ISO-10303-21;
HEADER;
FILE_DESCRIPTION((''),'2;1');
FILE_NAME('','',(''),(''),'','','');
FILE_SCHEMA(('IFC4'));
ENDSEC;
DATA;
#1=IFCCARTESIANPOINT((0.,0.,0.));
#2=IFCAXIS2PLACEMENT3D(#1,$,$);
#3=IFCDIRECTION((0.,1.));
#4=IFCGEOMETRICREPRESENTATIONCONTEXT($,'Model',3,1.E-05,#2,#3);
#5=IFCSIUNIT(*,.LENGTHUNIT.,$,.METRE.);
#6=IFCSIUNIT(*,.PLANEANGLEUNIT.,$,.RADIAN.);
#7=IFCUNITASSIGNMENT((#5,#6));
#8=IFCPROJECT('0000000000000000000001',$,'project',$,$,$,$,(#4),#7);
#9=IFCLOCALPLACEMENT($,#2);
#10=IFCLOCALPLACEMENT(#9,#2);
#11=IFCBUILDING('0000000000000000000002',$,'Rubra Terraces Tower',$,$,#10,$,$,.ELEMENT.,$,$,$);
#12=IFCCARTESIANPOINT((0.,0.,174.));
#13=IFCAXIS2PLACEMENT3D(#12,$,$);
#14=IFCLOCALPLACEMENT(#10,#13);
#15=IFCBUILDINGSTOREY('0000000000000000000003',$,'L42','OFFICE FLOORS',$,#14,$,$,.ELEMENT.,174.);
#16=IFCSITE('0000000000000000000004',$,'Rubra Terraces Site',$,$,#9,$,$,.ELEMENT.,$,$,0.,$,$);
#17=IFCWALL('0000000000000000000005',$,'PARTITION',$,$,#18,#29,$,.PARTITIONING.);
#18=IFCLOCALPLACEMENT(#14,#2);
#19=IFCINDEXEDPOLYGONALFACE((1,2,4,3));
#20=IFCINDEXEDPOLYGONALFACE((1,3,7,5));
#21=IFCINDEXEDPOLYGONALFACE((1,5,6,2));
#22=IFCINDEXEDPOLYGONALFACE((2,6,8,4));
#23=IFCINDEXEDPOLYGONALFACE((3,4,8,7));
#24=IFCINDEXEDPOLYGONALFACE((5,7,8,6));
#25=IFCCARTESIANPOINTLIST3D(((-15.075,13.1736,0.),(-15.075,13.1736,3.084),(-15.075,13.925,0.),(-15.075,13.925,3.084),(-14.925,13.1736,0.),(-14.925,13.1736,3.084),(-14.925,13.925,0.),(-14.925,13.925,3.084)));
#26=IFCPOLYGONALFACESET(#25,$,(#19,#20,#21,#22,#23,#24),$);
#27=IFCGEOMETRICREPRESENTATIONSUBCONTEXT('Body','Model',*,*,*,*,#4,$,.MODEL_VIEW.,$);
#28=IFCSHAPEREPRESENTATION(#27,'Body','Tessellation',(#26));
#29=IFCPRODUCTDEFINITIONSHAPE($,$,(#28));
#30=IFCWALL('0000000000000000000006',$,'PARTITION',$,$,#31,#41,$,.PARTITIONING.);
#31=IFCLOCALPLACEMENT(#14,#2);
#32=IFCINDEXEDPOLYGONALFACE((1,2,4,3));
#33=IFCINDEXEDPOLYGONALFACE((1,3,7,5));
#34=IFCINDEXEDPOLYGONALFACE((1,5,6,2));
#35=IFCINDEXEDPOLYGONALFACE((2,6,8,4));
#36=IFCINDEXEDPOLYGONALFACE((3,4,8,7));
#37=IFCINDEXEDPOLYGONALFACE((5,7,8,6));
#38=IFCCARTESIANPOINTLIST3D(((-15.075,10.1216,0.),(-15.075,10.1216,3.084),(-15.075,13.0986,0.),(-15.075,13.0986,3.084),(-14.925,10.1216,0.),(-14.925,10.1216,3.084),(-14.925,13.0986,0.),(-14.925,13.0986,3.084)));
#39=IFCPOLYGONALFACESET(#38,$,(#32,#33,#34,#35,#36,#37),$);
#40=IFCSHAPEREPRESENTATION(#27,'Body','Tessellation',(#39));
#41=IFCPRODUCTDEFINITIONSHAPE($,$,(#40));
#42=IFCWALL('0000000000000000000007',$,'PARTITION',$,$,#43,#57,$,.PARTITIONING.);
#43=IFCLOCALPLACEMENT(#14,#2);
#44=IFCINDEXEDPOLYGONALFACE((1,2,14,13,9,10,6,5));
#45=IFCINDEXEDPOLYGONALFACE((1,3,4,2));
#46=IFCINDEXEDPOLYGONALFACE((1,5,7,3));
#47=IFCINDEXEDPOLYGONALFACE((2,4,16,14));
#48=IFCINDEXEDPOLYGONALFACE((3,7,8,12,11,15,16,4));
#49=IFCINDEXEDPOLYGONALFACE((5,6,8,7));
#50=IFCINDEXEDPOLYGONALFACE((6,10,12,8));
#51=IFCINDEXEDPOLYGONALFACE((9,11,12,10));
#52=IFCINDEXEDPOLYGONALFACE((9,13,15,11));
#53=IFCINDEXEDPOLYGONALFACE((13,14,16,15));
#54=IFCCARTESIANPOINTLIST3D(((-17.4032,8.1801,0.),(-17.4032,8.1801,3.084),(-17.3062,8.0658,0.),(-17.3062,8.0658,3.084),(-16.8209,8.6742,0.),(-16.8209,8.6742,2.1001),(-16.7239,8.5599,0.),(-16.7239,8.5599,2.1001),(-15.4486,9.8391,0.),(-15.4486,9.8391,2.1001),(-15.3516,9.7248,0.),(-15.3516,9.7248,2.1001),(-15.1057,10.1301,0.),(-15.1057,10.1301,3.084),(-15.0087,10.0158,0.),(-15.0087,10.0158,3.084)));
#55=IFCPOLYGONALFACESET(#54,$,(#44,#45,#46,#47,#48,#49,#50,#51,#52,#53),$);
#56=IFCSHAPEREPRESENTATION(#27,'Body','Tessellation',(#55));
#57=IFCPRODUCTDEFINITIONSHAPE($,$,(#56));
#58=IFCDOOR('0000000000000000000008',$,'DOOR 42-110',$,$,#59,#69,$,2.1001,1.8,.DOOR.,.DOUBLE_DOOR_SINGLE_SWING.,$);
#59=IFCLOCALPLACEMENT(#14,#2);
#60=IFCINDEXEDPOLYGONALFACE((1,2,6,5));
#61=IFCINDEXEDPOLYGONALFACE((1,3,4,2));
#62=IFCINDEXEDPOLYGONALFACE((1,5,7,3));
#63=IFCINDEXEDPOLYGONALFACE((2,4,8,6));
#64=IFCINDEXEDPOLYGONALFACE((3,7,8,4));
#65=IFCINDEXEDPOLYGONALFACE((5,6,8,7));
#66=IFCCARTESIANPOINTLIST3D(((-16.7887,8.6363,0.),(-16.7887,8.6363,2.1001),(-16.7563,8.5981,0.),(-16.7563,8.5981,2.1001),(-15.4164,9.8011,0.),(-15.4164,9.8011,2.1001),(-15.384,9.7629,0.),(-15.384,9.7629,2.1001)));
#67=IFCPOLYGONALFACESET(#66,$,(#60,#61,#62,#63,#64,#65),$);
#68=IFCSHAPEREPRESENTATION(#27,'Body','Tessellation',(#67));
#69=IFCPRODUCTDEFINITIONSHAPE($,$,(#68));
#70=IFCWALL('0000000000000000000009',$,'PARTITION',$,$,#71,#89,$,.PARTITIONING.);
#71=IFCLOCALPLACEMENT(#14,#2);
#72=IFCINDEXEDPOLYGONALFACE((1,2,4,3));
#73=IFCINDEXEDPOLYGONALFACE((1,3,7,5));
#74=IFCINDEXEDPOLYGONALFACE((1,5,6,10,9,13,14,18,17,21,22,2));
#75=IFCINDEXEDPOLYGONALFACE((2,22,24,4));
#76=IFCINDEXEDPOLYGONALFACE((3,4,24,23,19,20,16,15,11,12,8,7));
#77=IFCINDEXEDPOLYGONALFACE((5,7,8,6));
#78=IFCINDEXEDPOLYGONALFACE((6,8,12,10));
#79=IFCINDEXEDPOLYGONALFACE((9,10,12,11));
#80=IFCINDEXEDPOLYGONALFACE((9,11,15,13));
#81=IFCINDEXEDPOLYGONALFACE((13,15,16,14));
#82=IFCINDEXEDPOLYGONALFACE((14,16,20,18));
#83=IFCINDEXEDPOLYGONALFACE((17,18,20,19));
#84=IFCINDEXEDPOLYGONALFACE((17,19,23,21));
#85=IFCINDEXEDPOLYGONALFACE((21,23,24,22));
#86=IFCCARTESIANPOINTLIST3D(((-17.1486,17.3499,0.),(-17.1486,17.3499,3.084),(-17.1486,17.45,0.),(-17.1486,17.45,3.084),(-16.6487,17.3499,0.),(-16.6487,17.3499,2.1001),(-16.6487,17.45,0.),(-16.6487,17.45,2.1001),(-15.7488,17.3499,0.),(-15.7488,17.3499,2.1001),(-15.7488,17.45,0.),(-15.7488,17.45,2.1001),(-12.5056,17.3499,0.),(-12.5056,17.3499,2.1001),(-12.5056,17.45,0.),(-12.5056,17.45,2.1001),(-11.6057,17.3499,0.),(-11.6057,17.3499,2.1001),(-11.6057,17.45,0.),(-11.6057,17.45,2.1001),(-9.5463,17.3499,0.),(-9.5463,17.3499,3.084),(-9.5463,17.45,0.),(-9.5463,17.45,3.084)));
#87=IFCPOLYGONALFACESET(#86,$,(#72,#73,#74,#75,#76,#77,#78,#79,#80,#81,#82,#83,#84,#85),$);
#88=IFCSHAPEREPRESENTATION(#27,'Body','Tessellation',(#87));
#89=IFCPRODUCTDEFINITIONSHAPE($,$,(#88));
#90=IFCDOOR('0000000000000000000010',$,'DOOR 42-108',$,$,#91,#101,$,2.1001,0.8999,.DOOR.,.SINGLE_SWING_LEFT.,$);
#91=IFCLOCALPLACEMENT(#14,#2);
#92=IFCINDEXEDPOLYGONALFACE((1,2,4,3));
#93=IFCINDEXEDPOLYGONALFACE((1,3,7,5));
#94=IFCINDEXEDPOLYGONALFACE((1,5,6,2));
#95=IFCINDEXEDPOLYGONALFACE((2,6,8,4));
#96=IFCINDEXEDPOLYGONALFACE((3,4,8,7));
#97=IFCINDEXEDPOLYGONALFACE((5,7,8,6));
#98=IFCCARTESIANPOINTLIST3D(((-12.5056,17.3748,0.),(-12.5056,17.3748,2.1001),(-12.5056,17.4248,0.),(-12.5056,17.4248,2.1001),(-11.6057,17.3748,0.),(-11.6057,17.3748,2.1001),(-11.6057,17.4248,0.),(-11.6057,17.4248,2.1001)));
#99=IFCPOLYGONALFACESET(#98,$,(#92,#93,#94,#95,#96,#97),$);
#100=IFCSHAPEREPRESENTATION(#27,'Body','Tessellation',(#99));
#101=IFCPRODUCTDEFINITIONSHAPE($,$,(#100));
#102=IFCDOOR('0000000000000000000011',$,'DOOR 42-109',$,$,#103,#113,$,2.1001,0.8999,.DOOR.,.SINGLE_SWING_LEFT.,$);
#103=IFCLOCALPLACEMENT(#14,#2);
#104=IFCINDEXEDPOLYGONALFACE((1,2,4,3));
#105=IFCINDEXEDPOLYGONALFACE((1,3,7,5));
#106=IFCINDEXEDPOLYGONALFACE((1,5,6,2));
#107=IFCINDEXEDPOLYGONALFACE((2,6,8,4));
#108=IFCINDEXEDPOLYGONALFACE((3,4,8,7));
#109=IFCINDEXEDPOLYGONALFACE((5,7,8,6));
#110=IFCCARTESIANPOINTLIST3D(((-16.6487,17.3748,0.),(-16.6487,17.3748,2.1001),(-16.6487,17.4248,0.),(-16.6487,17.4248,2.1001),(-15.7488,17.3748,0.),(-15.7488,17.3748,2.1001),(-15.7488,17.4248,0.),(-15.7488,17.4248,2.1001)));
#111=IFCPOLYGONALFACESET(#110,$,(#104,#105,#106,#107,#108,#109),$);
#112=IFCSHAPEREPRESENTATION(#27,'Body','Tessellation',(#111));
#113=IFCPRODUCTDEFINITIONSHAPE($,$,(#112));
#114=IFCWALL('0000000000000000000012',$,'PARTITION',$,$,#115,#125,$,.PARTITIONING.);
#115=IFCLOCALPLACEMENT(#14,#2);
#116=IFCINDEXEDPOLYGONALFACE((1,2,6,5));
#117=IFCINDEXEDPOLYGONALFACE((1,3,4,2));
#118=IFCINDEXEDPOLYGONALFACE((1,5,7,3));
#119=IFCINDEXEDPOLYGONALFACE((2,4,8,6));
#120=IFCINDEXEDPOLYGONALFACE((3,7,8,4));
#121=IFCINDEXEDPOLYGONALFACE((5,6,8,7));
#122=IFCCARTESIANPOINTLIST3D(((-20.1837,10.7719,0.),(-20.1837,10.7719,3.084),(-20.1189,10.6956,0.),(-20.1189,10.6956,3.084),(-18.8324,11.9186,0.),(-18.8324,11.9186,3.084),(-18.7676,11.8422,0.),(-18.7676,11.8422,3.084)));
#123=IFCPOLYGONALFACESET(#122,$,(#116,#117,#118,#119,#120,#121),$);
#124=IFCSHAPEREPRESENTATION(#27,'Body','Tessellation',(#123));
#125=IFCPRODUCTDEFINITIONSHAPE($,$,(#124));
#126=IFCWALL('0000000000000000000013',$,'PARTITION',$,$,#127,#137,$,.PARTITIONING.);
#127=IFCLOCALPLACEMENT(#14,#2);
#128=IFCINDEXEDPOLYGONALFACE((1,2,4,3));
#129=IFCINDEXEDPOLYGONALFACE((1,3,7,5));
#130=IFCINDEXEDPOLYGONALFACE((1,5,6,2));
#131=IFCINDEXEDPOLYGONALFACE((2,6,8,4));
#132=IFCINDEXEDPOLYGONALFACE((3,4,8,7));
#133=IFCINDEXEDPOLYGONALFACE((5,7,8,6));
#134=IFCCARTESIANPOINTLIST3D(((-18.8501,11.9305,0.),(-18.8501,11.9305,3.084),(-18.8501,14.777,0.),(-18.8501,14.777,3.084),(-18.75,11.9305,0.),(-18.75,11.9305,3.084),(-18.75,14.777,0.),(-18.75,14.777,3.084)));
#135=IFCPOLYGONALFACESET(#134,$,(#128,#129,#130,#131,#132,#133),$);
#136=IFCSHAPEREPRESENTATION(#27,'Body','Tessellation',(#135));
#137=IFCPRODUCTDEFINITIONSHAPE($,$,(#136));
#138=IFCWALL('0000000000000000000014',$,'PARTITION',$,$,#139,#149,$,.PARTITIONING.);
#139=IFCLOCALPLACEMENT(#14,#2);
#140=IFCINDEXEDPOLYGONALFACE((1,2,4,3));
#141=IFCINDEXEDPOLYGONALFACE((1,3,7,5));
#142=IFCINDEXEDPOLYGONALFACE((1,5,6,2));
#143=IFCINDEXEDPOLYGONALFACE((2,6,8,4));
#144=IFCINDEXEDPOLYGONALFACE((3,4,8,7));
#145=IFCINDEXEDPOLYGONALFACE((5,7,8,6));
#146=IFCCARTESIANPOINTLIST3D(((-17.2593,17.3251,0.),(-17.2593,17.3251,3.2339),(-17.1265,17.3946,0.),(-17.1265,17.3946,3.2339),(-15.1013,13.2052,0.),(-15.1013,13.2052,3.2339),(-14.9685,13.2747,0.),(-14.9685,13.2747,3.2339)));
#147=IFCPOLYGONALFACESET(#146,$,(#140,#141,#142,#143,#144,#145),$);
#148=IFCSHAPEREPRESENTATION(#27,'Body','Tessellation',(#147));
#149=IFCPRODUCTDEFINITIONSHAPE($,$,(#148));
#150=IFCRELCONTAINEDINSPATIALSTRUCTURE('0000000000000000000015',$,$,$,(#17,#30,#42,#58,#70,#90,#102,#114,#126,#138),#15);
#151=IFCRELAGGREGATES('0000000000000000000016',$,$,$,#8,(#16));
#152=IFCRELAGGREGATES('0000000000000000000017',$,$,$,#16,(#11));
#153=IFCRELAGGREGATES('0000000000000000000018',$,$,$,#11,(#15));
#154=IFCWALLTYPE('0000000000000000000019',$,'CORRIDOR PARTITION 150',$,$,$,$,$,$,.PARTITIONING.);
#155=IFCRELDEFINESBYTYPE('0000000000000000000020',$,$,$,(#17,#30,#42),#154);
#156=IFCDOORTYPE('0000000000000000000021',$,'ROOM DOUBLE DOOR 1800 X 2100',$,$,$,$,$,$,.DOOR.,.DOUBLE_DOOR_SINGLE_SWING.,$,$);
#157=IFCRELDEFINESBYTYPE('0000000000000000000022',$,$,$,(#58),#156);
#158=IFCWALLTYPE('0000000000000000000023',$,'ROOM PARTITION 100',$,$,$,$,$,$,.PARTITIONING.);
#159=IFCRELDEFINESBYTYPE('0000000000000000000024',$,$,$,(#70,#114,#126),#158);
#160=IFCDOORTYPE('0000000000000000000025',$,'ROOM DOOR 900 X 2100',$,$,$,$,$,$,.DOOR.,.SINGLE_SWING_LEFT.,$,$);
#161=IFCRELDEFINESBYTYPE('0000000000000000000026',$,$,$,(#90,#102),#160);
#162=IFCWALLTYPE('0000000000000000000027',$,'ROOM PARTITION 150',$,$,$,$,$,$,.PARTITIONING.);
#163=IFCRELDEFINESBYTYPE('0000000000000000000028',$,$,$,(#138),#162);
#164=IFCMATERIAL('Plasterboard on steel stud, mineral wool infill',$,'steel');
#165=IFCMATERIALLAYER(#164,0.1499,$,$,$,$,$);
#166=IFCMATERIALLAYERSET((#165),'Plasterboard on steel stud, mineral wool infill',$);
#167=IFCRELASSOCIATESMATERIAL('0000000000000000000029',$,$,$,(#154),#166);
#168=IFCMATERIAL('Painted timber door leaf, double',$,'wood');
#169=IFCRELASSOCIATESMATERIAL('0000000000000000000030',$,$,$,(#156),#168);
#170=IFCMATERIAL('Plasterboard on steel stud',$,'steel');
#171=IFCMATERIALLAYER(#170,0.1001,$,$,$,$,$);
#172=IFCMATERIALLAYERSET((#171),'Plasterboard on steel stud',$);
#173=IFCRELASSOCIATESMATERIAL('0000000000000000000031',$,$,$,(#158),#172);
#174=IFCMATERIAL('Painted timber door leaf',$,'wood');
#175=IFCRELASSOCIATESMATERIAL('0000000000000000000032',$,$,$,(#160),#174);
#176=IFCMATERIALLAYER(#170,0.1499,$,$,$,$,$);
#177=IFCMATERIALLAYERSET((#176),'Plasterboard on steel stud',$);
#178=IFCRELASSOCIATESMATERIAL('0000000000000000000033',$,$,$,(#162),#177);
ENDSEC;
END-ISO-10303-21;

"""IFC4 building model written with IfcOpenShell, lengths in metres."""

from ifc_helpers import new_model, si_unit, direction, frame, frame_2d, origin, place, context, subcontext, project, spatial, rectangle, extrude, material, layer, layer_set, type_object, element, fill, save


model = new_model("IFC4")

# Units and contexts
model_context = context("Model", 3, precision=1e-05, world=origin(), true_north=direction((0.0, 1.0)))
body_context = subcontext(model_context, "Body", "Model", "MODEL_VIEW")
ifc_project = project(units=[si_unit("LENGTHUNIT", "METRE"), si_unit("PLANEANGLEUNIT", "RADIAN")], contexts=[model_context])

# Site, building, storey
site_placement = place(None, origin())
site = spatial("IfcSite", under=ifc_project, at=site_placement, Name="Rubra Terraces Site", CompositionType="ELEMENT", RefElevation=0.0)
building_placement = place(site_placement, origin())
building = spatial("IfcBuilding", under=site, at=building_placement, Name="Rubra Terraces Tower", CompositionType="ELEMENT")
storey_placement = place(building_placement, frame((0.0, 0.0, 174.0)))
storey = spatial("IfcBuildingStorey", under=building, at=storey_placement, Name="L42", Description="OFFICE FLOORS", CompositionType="ELEMENT", Elevation=174.0)

# Walls
ifc_material_1 = material(Name="Plasterboard on steel stud, mineral wool infill", Category="steel")
ifc_layer_1 = layer(ifc_material_1, 0.1499)
ifc_layer_set_1 = layer_set([ifc_layer_1], Name="Plasterboard on steel stud, mineral wool infill")
wall_type_1 = type_object("IfcWallType", Name="CORRIDOR PARTITION 150", PredefinedType="PARTITIONING", material=ifc_layer_set_1)
wall_1_placement = place(storey_placement, frame((-15.0, 13.925, 0.0), z_axis=(0.0, 0.0, 1.0), x_axis=(0.0, -1.0, 0.0)))
element("IfcWall", 1, at=wall_1_placement, inside=storey, type_object=wall_type_1, Name="PARTITION", PredefinedType="PARTITIONING", context=body_context, shape_type="SweptSolid", body=[
    extrude(rectangle(XDim=0.7515, YDim=0.1499, at=frame_2d((0.3757, 0.0))), origin(), (0.0, 0.0, 1.0), 3.084),
])
wall_2_placement = place(storey_placement, frame((-15.0, 13.0986, 0.0), z_axis=(0.0, 0.0, 1.0), x_axis=(0.0, -1.0, 0.0)))
element("IfcWall", 2, at=wall_2_placement, inside=storey, type_object=wall_type_1, Name="PARTITION", PredefinedType="PARTITIONING", context=body_context, shape_type="SweptSolid", body=[
    extrude(rectangle(XDim=2.9771, YDim=0.1499, at=frame_2d((1.4885, 0.0))), origin(), (0.0, 0.0, 1.0), 3.084),
])

# Wall, opening, door
wall_3_placement = place(storey_placement, frame((-15.0571, 10.073, 0.0), z_axis=(0.0, 0.0, 1.0), x_axis=(-0.762399, -0.647107, 0.0)))
wall_3 = element("IfcWall", 3, at=wall_3_placement, inside=storey, type_object=wall_type_1, Name="PARTITION", PredefinedType="PARTITIONING", context=body_context, shape_type="SweptSolid", body=[
    extrude(rectangle(XDim=3.0134, YDim=0.1499, at=frame_2d((1.5068, 0.0))), origin(), (0.0, 0.0, 1.0), 3.084),
])
opening_1_placement = place(wall_3_placement, frame((0.45, 0.0, 0.0)))
opening_1 = element("IfcOpeningElement", 4, at=opening_1_placement, cuts=wall_3, PredefinedType="OPENING", context=body_context, shape_type="SweptSolid", body=[
    extrude(rectangle(XDim=1.8, YDim=2.1001, at=frame_2d((0.8999, 1.05))), frame((0.0, 0.085, 0.0), z_axis=(0.0, -1.0, 0.0), x_axis=(1.0, 0.0, 0.0)), (0.0, 0.0, 1.0), 0.1699),
])
ifc_material_2 = material(Name="Painted timber door leaf, double", Category="wood")
door_type_1 = type_object("IfcDoorType", Name="ROOM DOUBLE DOOR 1800 X 2100", OperationType="DOUBLE_DOOR_SINGLE_SWING", PredefinedType="DOOR", material=ifc_material_2)
door_1_placement = place(opening_1_placement, origin())
door_1 = element("IfcDoor", 5, at=door_1_placement, inside=storey, type_object=door_type_1, Name="DOOR 42-110", OperationType="DOUBLE_DOOR_SINGLE_SWING", OverallHeight=2.1001, OverallWidth=1.8, PredefinedType="DOOR", context=body_context, shape_type="SweptSolid", body=[
    extrude(rectangle(XDim=1.8, YDim=2.1001, at=frame_2d((0.8999, 1.05))), frame((0.0, 0.0249, 0.0), z_axis=(0.0, -1.0, 0.0), x_axis=(1.0, 0.0, 0.0)), (0.0, 0.0, 1.0), 0.05),
])
fill(opening_1, door_1)

# Wall, openings, doors
ifc_material_3 = material(Name="Plasterboard on steel stud", Category="steel")
ifc_layer_2 = layer(ifc_material_3, 0.1001)
ifc_layer_set_2 = layer_set([ifc_layer_2], Name="Plasterboard on steel stud")
wall_type_2 = type_object("IfcWallType", Name="ROOM PARTITION 100", PredefinedType="PARTITIONING", material=ifc_layer_set_2)
wall_4_placement = place(storey_placement, frame((-17.1487, 17.3999, 0.0), z_axis=(0.0, 0.0, 1.0), x_axis=(1.0, 0.0, 0.0)))
wall_4 = element("IfcWall", 6, at=wall_4_placement, inside=storey, type_object=wall_type_2, Name="PARTITION", PredefinedType="PARTITIONING", context=body_context, shape_type="SweptSolid", body=[
    extrude(rectangle(XDim=7.6023, YDim=0.1001, at=frame_2d((3.8013, 0.0))), origin(), (0.0, 0.0, 1.0), 3.084),
])
opening_2_placement = place(wall_4_placement, frame((4.6431, 0.0, 0.0)))
opening_2 = element("IfcOpeningElement", 7, at=opening_2_placement, cuts=wall_4, PredefinedType="OPENING", context=body_context, shape_type="SweptSolid", body=[
    extrude(rectangle(XDim=0.8999, YDim=2.1001, at=frame_2d((0.45, 1.05))), frame((0.0, 0.0601, 0.0), z_axis=(0.0, -1.0, 0.0), x_axis=(1.0, 0.0, 0.0)), (0.0, 0.0, 1.0), 0.1201),
])
opening_3_placement = place(wall_4_placement, frame((0.5, 0.0, 0.0)))
opening_3 = element("IfcOpeningElement", 8, at=opening_3_placement, cuts=wall_4, PredefinedType="OPENING", context=body_context, shape_type="SweptSolid", body=[
    extrude(rectangle(XDim=0.8999, YDim=2.1001, at=frame_2d((0.45, 1.05))), frame((0.0, 0.0601, 0.0), z_axis=(0.0, -1.0, 0.0), x_axis=(1.0, 0.0, 0.0)), (0.0, 0.0, 1.0), 0.1201),
])
ifc_material_4 = material(Name="Painted timber door leaf", Category="wood")
door_type_2 = type_object("IfcDoorType", Name="ROOM DOOR 900 X 2100", OperationType="SINGLE_SWING_LEFT", PredefinedType="DOOR", material=ifc_material_4)
door_2_placement = place(opening_2_placement, origin())
door_2 = element("IfcDoor", 9, at=door_2_placement, inside=storey, type_object=door_type_2, Name="DOOR 42-108", OperationType="SINGLE_SWING_LEFT", OverallHeight=2.1001, OverallWidth=0.8999, PredefinedType="DOOR", context=body_context, shape_type="SweptSolid", body=[
    extrude(rectangle(XDim=0.8999, YDim=2.1001, at=frame_2d((0.45, 1.05))), frame((0.0, 0.0249, 0.0), z_axis=(0.0, -1.0, 0.0), x_axis=(1.0, 0.0, 0.0)), (0.0, 0.0, 1.0), 0.05),
])
fill(opening_2, door_2)
door_3_placement = place(opening_3_placement, origin())
door_3 = element("IfcDoor", 10, at=door_3_placement, inside=storey, type_object=door_type_2, Name="DOOR 42-109", OperationType="SINGLE_SWING_LEFT", OverallHeight=2.1001, OverallWidth=0.8999, PredefinedType="DOOR", context=body_context, shape_type="SweptSolid", body=[
    extrude(rectangle(XDim=0.8999, YDim=2.1001, at=frame_2d((0.45, 1.05))), frame((0.0, 0.0249, 0.0), z_axis=(0.0, -1.0, 0.0), x_axis=(1.0, 0.0, 0.0)), (0.0, 0.0, 1.0), 0.05),
])
fill(opening_3, door_3)

# Walls
wall_5_placement = place(storey_placement, frame((-20.1514, 10.7336, 0.0), z_axis=(0.0, 0.0, 1.0), x_axis=(0.762466, 0.647028, 0.0)))
element("IfcWall", 11, at=wall_5_placement, inside=storey, type_object=wall_type_2, Name="PARTITION", PredefinedType="PARTITIONING", context=body_context, shape_type="SweptSolid", body=[
    extrude(rectangle(XDim=1.7722, YDim=0.1001, at=frame_2d((0.8862, 0.0))), origin(), (0.0, 0.0, 1.0), 3.084),
])
wall_6_placement = place(storey_placement, frame((-18.8, 11.9304, 0.0), z_axis=(0.0, 0.0, 1.0), x_axis=(0.0, 1.0, 0.0)))
element("IfcWall", 12, at=wall_6_placement, inside=storey, type_object=wall_type_2, Name="PARTITION", PredefinedType="PARTITIONING", context=body_context, shape_type="SweptSolid", body=[
    extrude(rectangle(XDim=2.8464, YDim=0.1001, at=frame_2d((1.4233, 0.0))), origin(), (0.0, 0.0, 1.0), 3.084),
])
ifc_layer_3 = layer(ifc_material_3, 0.1499)
ifc_layer_set_3 = layer_set([ifc_layer_3], Name="Plasterboard on steel stud")
wall_type_3 = type_object("IfcWallType", Name="ROOM PARTITION 150", PredefinedType="PARTITIONING", material=ifc_layer_set_3)
wall_7_placement = place(storey_placement, frame((-17.1929, 17.3599, 0.0), z_axis=(0.0, 0.0, 1.0), x_axis=(0.463995, -0.885838, 0.0)))
element("IfcWall", 13, at=wall_7_placement, inside=storey, type_object=wall_type_3, Name="PARTITION", PredefinedType="PARTITIONING", context=body_context, shape_type="SweptSolid", body=[
    extrude(rectangle(XDim=4.6509, YDim=0.1499, at=frame_2d((2.3254, 0.0))), origin(), (0.0, 0.0, 1.0), 3.2339),
])

save(model, "model.ifc")
